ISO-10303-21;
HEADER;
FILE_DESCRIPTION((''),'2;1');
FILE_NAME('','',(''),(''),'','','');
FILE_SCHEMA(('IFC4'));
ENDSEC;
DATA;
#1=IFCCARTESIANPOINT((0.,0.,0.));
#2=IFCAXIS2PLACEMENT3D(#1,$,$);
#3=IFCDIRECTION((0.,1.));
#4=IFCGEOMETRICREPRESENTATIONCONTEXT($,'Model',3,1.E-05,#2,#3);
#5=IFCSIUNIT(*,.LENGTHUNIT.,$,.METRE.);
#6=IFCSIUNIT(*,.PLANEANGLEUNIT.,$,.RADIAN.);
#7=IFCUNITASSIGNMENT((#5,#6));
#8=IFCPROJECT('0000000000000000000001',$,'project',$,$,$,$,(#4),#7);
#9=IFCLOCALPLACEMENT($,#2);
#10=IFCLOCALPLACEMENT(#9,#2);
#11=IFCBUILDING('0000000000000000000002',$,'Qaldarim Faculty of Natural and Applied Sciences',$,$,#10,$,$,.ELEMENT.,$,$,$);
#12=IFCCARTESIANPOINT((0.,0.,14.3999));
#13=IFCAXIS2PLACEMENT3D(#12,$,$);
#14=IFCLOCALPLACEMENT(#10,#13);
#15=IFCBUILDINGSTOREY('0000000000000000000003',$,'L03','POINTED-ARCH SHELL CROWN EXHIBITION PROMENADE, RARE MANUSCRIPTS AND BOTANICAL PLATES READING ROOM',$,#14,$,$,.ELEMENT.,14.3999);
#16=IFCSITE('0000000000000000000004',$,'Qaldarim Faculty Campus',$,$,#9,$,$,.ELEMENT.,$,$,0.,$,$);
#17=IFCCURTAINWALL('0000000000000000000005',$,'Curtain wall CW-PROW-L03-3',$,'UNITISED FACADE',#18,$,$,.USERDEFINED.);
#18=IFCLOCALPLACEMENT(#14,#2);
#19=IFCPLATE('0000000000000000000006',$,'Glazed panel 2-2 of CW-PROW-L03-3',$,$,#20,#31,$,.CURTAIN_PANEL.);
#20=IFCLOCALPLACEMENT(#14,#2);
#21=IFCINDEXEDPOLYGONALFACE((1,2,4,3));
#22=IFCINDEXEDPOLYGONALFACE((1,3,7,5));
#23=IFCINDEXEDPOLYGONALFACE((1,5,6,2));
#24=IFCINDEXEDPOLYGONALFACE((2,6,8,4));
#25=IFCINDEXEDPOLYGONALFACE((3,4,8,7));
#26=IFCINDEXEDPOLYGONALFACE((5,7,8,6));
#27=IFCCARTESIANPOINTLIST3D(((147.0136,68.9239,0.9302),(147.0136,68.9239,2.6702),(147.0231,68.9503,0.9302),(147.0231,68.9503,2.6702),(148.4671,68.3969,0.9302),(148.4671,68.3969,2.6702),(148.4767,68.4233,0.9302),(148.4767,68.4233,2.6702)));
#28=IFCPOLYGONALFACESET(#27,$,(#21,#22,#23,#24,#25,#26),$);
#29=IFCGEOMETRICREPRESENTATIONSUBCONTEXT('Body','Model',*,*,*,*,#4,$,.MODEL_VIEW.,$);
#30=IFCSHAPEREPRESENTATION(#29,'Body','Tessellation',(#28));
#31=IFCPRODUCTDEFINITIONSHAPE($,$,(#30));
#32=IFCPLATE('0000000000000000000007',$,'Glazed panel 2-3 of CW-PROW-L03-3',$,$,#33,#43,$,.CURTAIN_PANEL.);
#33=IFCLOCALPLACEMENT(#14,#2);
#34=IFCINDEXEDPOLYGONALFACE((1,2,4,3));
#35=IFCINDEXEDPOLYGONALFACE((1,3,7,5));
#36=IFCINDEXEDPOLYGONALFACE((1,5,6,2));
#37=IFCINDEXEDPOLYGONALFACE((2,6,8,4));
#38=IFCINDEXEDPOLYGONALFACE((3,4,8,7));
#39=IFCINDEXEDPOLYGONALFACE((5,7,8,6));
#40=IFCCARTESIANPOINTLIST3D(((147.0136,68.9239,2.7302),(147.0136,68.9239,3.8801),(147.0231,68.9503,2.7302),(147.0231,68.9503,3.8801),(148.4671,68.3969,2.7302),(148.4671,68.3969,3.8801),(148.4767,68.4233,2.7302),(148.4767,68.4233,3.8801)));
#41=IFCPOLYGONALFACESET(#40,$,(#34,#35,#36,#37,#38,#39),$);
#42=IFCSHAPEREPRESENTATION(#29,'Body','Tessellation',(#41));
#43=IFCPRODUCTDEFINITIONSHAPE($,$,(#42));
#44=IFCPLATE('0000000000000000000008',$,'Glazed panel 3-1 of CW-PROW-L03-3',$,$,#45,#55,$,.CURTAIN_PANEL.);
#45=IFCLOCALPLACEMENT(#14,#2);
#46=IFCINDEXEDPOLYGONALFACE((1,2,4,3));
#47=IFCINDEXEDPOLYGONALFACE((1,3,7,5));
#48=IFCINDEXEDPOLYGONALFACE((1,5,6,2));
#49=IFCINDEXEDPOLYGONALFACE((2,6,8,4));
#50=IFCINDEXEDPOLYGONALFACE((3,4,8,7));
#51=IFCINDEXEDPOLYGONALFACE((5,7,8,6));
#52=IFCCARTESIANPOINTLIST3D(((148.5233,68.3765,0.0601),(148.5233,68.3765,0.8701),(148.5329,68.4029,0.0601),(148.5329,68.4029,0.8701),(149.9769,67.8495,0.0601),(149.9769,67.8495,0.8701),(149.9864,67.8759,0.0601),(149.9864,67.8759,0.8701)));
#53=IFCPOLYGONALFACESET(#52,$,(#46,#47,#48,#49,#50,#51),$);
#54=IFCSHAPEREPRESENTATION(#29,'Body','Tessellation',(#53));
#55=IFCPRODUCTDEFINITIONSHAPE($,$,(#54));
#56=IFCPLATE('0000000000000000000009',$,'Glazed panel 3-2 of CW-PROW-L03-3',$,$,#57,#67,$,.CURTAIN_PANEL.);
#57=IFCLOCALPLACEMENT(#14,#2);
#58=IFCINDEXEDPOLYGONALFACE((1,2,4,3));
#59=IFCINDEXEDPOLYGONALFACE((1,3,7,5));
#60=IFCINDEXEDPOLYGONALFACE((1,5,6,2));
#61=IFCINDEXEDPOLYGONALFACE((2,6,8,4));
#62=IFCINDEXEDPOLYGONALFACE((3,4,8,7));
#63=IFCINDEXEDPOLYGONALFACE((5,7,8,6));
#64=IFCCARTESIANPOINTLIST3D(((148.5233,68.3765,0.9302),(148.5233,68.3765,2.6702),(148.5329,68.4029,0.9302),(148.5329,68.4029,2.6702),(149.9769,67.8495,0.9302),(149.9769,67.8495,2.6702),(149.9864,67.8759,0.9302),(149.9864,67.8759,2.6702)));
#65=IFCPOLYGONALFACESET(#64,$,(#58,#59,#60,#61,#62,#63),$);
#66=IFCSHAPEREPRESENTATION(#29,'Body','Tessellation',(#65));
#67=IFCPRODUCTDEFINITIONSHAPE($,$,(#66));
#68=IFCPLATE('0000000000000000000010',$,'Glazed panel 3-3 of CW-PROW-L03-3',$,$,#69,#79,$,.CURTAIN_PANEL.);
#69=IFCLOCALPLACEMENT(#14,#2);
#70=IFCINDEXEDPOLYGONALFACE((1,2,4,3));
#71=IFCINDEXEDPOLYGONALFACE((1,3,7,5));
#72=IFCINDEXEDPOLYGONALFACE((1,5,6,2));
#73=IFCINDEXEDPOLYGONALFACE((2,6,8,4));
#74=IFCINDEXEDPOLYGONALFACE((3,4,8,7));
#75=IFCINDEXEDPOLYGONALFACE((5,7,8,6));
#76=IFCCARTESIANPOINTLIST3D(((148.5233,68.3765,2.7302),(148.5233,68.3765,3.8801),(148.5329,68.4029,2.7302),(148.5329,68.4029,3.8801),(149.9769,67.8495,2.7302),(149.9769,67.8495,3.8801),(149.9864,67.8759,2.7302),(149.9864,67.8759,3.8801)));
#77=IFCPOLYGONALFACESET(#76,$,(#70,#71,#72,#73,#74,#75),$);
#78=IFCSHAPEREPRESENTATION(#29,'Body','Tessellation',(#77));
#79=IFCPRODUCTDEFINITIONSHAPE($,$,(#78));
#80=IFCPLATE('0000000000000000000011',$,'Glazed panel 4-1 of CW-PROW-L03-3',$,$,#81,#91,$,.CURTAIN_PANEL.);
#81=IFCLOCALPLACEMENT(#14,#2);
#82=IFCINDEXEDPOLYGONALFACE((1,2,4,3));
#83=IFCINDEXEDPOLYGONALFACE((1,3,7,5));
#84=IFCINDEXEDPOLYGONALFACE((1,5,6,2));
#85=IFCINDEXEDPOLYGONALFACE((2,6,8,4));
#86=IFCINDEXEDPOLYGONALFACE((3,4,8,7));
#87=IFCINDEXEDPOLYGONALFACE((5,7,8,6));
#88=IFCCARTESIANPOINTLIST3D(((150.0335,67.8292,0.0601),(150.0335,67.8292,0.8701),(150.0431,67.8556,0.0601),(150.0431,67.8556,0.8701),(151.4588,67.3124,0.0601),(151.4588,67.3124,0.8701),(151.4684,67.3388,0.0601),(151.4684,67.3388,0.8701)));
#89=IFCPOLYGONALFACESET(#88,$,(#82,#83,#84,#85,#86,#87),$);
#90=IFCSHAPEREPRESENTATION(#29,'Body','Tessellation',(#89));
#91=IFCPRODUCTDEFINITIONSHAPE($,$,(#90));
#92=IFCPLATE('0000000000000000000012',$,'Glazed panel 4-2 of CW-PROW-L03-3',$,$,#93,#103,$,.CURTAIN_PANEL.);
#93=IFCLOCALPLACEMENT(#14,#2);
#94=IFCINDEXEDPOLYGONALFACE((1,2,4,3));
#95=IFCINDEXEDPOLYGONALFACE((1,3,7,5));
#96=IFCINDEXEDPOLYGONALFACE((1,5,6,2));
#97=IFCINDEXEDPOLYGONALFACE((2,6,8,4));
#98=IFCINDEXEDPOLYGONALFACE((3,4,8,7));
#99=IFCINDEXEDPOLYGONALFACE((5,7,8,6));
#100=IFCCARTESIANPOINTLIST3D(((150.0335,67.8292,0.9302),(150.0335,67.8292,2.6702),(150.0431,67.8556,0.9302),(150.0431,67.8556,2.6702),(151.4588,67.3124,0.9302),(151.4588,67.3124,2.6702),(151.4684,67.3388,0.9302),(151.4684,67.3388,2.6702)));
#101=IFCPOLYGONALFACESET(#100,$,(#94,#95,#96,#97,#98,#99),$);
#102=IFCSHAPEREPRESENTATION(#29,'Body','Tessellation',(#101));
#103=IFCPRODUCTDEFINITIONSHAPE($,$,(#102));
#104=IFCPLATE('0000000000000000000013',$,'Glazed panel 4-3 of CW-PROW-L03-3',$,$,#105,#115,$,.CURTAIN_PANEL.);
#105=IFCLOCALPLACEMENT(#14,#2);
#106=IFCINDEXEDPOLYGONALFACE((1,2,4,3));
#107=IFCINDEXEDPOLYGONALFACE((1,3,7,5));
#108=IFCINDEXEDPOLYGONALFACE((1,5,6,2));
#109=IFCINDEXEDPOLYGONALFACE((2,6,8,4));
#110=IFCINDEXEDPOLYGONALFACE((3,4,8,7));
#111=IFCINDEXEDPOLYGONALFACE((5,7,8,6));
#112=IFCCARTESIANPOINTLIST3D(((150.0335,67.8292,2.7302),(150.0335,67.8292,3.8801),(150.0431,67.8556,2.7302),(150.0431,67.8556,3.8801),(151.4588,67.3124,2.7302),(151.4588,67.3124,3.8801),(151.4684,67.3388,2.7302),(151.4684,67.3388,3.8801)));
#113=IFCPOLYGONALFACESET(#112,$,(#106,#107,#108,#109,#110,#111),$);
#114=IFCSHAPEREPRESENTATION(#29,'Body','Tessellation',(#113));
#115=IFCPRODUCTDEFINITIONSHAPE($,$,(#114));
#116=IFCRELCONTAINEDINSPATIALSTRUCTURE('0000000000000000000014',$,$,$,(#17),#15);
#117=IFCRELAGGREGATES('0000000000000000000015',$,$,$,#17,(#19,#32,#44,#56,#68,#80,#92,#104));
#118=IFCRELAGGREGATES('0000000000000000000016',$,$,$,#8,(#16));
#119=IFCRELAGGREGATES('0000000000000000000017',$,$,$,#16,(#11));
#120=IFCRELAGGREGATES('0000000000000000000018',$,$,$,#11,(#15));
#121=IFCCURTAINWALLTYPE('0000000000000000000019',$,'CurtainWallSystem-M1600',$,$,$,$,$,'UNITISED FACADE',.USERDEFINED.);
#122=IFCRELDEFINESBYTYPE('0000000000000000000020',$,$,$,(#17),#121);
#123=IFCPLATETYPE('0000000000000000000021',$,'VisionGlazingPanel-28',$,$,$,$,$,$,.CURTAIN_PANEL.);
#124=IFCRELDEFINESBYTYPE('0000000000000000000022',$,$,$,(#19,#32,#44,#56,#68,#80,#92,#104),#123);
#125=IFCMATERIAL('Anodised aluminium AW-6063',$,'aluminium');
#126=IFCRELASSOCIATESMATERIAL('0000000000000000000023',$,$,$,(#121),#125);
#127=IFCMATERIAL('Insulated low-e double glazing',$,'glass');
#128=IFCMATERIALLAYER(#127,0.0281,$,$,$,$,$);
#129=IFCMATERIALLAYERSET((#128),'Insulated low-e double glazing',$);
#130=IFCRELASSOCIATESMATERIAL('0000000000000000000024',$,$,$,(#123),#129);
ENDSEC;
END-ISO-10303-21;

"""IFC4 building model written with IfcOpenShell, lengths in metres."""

from ifc_helpers import new_model, si_unit, direction, frame, origin, origin_2d, place, context, subcontext, project, spatial, rectangle, extrude, material, layer, layer_set, type_object, element, aggregate, save


model = new_model("IFC4")

# Units and contexts
model_context = context("Model", 3, precision=1e-05, world=origin(), true_north=direction((0.0, 1.0)))
body_context = subcontext(model_context, "Body", "Model", "MODEL_VIEW")
ifc_project = project(units=[si_unit("LENGTHUNIT", "METRE"), si_unit("PLANEANGLEUNIT", "RADIAN")], contexts=[model_context])

# Site, building, storey
site_placement = place(None, origin())
site = spatial("IfcSite", under=ifc_project, at=site_placement, Name="Qaldarim Faculty Campus", CompositionType="ELEMENT", RefElevation=0.0)
building_placement = place(site_placement, origin())
building = spatial("IfcBuilding", under=site, at=building_placement, Name="Qaldarim Faculty of Natural and Applied Sciences", CompositionType="ELEMENT")
storey_placement = place(building_placement, frame((0.0, 0.0, 14.3999)))
storey = spatial("IfcBuildingStorey", under=building, at=storey_placement, Name="L03", Description="POINTED-ARCH SHELL CROWN EXHIBITION PROMENADE, RARE MANUSCRIPTS AND BOTANICAL PLATES READING ROOM", CompositionType="ELEMENT", Elevation=14.3999)

# Curtain wall
ifc_material_1 = material(Name="Anodised aluminium AW-6063", Category="aluminium")
curtain_wall_type = type_object("IfcCurtainWallType", Name="CurtainWallSystem-M1600", ElementType="UNITISED FACADE", PredefinedType="USERDEFINED", material=ifc_material_1)
curtain_wall_placement = place(storey_placement, origin())
curtain_wall = element("IfcCurtainWall", 1, at=curtain_wall_placement, inside=storey, type_object=curtain_wall_type, Name="Curtain wall CW-PROW-L03-3", ObjectType="UNITISED FACADE", PredefinedType="USERDEFINED")

# Plates
ifc_material_2 = material(Name="Insulated low-e double glazing", Category="glass")
ifc_layer = layer(ifc_material_2, 0.0281)
ifc_layer_set = layer_set([ifc_layer], Name="Insulated low-e double glazing")
plate_type = type_object("IfcPlateType", Name="VisionGlazingPanel-28", PredefinedType="CURTAIN_PANEL", material=ifc_layer_set)
plate_1_placement = place(storey_placement, frame((147.7451, 68.6736, 0.9302), z_axis=(0.0, 0.0, 1.0), x_axis=(0.94011, -0.340872, 0.0)))
plate_1 = element("IfcPlate", 2, at=plate_1_placement, type_object=plate_type, Name="Glazed panel 2-2 of CW-PROW-L03-3", PredefinedType="CURTAIN_PANEL", context=body_context, shape_type="SweptSolid", body=[
    extrude(rectangle(XDim=1.5461, YDim=0.0281, at=origin_2d()), origin(), (0.0, 0.0, 1.0), 1.74),
])
plate_2_placement = place(storey_placement, frame((147.7451, 68.6736, 2.7302), z_axis=(0.0, 0.0, 1.0), x_axis=(0.94011, -0.340872, 0.0)))
plate_2 = element("IfcPlate", 3, at=plate_2_placement, type_object=plate_type, Name="Glazed panel 2-3 of CW-PROW-L03-3", PredefinedType="CURTAIN_PANEL", context=body_context, shape_type="SweptSolid", body=[
    extrude(rectangle(XDim=1.5461, YDim=0.0281, at=origin_2d()), origin(), (0.0, 0.0, 1.0), 1.1499),
])
plate_3_placement = place(storey_placement, frame((149.2549, 68.1262, 0.0601), z_axis=(0.0, 0.0, 1.0), x_axis=(0.94011, -0.340872, 0.0)))
plate_3 = element("IfcPlate", 4, at=plate_3_placement, type_object=plate_type, Name="Glazed panel 3-1 of CW-PROW-L03-3", PredefinedType="CURTAIN_PANEL", context=body_context, shape_type="SweptSolid", body=[
    extrude(rectangle(XDim=1.5461, YDim=0.0281, at=origin_2d()), origin(), (0.0, 0.0, 1.0), 0.8101),
])
plate_4_placement = place(storey_placement, frame((149.2549, 68.1262, 0.9302), z_axis=(0.0, 0.0, 1.0), x_axis=(0.94011, -0.340872, 0.0)))
plate_4 = element("IfcPlate", 5, at=plate_4_placement, type_object=plate_type, Name="Glazed panel 3-2 of CW-PROW-L03-3", PredefinedType="CURTAIN_PANEL", context=body_context, shape_type="SweptSolid", body=[
    extrude(rectangle(XDim=1.5461, YDim=0.0281, at=origin_2d()), origin(), (0.0, 0.0, 1.0), 1.74),
])
plate_5_placement = place(storey_placement, frame((149.2549, 68.1262, 2.7302), z_axis=(0.0, 0.0, 1.0), x_axis=(0.94011, -0.340872, 0.0)))
plate_5 = element("IfcPlate", 6, at=plate_5_placement, type_object=plate_type, Name="Glazed panel 3-3 of CW-PROW-L03-3", PredefinedType="CURTAIN_PANEL", context=body_context, shape_type="SweptSolid", body=[
    extrude(rectangle(XDim=1.5461, YDim=0.0281, at=origin_2d()), origin(), (0.0, 0.0, 1.0), 1.1499),
])
plate_6_placement = place(storey_placement, frame((150.751, 67.584, 0.0601), z_axis=(0.0, 0.0, 1.0), x_axis=(0.94011, -0.340872, 0.0)))
plate_6 = element("IfcPlate", 7, at=plate_6_placement, type_object=plate_type, Name="Glazed panel 4-1 of CW-PROW-L03-3", PredefinedType="CURTAIN_PANEL", context=body_context, shape_type="SweptSolid", body=[
    extrude(rectangle(XDim=1.5161, YDim=0.0281, at=origin_2d()), origin(), (0.0, 0.0, 1.0), 0.8101),
])
plate_7_placement = place(storey_placement, frame((150.751, 67.584, 0.9302), z_axis=(0.0, 0.0, 1.0), x_axis=(0.94011, -0.340872, 0.0)))
plate_7 = element("IfcPlate", 8, at=plate_7_placement, type_object=plate_type, Name="Glazed panel 4-2 of CW-PROW-L03-3", PredefinedType="CURTAIN_PANEL", context=body_context, shape_type="SweptSolid", body=[
    extrude(rectangle(XDim=1.5161, YDim=0.0281, at=origin_2d()), origin(), (0.0, 0.0, 1.0), 1.74),
])
plate_8_placement = place(storey_placement, frame((150.751, 67.584, 2.7302), z_axis=(0.0, 0.0, 1.0), x_axis=(0.94011, -0.340872, 0.0)))
plate_8 = element("IfcPlate", 9, at=plate_8_placement, type_object=plate_type, Name="Glazed panel 4-3 of CW-PROW-L03-3", PredefinedType="CURTAIN_PANEL", context=body_context, shape_type="SweptSolid", body=[
    extrude(rectangle(XDim=1.5161, YDim=0.0281, at=origin_2d()), origin(), (0.0, 0.0, 1.0), 1.1499),
])
aggregate(curtain_wall, [plate_1, plate_2, plate_3, plate_4, plate_5, plate_6, plate_7, plate_8])

save(model, "model.ifc")
